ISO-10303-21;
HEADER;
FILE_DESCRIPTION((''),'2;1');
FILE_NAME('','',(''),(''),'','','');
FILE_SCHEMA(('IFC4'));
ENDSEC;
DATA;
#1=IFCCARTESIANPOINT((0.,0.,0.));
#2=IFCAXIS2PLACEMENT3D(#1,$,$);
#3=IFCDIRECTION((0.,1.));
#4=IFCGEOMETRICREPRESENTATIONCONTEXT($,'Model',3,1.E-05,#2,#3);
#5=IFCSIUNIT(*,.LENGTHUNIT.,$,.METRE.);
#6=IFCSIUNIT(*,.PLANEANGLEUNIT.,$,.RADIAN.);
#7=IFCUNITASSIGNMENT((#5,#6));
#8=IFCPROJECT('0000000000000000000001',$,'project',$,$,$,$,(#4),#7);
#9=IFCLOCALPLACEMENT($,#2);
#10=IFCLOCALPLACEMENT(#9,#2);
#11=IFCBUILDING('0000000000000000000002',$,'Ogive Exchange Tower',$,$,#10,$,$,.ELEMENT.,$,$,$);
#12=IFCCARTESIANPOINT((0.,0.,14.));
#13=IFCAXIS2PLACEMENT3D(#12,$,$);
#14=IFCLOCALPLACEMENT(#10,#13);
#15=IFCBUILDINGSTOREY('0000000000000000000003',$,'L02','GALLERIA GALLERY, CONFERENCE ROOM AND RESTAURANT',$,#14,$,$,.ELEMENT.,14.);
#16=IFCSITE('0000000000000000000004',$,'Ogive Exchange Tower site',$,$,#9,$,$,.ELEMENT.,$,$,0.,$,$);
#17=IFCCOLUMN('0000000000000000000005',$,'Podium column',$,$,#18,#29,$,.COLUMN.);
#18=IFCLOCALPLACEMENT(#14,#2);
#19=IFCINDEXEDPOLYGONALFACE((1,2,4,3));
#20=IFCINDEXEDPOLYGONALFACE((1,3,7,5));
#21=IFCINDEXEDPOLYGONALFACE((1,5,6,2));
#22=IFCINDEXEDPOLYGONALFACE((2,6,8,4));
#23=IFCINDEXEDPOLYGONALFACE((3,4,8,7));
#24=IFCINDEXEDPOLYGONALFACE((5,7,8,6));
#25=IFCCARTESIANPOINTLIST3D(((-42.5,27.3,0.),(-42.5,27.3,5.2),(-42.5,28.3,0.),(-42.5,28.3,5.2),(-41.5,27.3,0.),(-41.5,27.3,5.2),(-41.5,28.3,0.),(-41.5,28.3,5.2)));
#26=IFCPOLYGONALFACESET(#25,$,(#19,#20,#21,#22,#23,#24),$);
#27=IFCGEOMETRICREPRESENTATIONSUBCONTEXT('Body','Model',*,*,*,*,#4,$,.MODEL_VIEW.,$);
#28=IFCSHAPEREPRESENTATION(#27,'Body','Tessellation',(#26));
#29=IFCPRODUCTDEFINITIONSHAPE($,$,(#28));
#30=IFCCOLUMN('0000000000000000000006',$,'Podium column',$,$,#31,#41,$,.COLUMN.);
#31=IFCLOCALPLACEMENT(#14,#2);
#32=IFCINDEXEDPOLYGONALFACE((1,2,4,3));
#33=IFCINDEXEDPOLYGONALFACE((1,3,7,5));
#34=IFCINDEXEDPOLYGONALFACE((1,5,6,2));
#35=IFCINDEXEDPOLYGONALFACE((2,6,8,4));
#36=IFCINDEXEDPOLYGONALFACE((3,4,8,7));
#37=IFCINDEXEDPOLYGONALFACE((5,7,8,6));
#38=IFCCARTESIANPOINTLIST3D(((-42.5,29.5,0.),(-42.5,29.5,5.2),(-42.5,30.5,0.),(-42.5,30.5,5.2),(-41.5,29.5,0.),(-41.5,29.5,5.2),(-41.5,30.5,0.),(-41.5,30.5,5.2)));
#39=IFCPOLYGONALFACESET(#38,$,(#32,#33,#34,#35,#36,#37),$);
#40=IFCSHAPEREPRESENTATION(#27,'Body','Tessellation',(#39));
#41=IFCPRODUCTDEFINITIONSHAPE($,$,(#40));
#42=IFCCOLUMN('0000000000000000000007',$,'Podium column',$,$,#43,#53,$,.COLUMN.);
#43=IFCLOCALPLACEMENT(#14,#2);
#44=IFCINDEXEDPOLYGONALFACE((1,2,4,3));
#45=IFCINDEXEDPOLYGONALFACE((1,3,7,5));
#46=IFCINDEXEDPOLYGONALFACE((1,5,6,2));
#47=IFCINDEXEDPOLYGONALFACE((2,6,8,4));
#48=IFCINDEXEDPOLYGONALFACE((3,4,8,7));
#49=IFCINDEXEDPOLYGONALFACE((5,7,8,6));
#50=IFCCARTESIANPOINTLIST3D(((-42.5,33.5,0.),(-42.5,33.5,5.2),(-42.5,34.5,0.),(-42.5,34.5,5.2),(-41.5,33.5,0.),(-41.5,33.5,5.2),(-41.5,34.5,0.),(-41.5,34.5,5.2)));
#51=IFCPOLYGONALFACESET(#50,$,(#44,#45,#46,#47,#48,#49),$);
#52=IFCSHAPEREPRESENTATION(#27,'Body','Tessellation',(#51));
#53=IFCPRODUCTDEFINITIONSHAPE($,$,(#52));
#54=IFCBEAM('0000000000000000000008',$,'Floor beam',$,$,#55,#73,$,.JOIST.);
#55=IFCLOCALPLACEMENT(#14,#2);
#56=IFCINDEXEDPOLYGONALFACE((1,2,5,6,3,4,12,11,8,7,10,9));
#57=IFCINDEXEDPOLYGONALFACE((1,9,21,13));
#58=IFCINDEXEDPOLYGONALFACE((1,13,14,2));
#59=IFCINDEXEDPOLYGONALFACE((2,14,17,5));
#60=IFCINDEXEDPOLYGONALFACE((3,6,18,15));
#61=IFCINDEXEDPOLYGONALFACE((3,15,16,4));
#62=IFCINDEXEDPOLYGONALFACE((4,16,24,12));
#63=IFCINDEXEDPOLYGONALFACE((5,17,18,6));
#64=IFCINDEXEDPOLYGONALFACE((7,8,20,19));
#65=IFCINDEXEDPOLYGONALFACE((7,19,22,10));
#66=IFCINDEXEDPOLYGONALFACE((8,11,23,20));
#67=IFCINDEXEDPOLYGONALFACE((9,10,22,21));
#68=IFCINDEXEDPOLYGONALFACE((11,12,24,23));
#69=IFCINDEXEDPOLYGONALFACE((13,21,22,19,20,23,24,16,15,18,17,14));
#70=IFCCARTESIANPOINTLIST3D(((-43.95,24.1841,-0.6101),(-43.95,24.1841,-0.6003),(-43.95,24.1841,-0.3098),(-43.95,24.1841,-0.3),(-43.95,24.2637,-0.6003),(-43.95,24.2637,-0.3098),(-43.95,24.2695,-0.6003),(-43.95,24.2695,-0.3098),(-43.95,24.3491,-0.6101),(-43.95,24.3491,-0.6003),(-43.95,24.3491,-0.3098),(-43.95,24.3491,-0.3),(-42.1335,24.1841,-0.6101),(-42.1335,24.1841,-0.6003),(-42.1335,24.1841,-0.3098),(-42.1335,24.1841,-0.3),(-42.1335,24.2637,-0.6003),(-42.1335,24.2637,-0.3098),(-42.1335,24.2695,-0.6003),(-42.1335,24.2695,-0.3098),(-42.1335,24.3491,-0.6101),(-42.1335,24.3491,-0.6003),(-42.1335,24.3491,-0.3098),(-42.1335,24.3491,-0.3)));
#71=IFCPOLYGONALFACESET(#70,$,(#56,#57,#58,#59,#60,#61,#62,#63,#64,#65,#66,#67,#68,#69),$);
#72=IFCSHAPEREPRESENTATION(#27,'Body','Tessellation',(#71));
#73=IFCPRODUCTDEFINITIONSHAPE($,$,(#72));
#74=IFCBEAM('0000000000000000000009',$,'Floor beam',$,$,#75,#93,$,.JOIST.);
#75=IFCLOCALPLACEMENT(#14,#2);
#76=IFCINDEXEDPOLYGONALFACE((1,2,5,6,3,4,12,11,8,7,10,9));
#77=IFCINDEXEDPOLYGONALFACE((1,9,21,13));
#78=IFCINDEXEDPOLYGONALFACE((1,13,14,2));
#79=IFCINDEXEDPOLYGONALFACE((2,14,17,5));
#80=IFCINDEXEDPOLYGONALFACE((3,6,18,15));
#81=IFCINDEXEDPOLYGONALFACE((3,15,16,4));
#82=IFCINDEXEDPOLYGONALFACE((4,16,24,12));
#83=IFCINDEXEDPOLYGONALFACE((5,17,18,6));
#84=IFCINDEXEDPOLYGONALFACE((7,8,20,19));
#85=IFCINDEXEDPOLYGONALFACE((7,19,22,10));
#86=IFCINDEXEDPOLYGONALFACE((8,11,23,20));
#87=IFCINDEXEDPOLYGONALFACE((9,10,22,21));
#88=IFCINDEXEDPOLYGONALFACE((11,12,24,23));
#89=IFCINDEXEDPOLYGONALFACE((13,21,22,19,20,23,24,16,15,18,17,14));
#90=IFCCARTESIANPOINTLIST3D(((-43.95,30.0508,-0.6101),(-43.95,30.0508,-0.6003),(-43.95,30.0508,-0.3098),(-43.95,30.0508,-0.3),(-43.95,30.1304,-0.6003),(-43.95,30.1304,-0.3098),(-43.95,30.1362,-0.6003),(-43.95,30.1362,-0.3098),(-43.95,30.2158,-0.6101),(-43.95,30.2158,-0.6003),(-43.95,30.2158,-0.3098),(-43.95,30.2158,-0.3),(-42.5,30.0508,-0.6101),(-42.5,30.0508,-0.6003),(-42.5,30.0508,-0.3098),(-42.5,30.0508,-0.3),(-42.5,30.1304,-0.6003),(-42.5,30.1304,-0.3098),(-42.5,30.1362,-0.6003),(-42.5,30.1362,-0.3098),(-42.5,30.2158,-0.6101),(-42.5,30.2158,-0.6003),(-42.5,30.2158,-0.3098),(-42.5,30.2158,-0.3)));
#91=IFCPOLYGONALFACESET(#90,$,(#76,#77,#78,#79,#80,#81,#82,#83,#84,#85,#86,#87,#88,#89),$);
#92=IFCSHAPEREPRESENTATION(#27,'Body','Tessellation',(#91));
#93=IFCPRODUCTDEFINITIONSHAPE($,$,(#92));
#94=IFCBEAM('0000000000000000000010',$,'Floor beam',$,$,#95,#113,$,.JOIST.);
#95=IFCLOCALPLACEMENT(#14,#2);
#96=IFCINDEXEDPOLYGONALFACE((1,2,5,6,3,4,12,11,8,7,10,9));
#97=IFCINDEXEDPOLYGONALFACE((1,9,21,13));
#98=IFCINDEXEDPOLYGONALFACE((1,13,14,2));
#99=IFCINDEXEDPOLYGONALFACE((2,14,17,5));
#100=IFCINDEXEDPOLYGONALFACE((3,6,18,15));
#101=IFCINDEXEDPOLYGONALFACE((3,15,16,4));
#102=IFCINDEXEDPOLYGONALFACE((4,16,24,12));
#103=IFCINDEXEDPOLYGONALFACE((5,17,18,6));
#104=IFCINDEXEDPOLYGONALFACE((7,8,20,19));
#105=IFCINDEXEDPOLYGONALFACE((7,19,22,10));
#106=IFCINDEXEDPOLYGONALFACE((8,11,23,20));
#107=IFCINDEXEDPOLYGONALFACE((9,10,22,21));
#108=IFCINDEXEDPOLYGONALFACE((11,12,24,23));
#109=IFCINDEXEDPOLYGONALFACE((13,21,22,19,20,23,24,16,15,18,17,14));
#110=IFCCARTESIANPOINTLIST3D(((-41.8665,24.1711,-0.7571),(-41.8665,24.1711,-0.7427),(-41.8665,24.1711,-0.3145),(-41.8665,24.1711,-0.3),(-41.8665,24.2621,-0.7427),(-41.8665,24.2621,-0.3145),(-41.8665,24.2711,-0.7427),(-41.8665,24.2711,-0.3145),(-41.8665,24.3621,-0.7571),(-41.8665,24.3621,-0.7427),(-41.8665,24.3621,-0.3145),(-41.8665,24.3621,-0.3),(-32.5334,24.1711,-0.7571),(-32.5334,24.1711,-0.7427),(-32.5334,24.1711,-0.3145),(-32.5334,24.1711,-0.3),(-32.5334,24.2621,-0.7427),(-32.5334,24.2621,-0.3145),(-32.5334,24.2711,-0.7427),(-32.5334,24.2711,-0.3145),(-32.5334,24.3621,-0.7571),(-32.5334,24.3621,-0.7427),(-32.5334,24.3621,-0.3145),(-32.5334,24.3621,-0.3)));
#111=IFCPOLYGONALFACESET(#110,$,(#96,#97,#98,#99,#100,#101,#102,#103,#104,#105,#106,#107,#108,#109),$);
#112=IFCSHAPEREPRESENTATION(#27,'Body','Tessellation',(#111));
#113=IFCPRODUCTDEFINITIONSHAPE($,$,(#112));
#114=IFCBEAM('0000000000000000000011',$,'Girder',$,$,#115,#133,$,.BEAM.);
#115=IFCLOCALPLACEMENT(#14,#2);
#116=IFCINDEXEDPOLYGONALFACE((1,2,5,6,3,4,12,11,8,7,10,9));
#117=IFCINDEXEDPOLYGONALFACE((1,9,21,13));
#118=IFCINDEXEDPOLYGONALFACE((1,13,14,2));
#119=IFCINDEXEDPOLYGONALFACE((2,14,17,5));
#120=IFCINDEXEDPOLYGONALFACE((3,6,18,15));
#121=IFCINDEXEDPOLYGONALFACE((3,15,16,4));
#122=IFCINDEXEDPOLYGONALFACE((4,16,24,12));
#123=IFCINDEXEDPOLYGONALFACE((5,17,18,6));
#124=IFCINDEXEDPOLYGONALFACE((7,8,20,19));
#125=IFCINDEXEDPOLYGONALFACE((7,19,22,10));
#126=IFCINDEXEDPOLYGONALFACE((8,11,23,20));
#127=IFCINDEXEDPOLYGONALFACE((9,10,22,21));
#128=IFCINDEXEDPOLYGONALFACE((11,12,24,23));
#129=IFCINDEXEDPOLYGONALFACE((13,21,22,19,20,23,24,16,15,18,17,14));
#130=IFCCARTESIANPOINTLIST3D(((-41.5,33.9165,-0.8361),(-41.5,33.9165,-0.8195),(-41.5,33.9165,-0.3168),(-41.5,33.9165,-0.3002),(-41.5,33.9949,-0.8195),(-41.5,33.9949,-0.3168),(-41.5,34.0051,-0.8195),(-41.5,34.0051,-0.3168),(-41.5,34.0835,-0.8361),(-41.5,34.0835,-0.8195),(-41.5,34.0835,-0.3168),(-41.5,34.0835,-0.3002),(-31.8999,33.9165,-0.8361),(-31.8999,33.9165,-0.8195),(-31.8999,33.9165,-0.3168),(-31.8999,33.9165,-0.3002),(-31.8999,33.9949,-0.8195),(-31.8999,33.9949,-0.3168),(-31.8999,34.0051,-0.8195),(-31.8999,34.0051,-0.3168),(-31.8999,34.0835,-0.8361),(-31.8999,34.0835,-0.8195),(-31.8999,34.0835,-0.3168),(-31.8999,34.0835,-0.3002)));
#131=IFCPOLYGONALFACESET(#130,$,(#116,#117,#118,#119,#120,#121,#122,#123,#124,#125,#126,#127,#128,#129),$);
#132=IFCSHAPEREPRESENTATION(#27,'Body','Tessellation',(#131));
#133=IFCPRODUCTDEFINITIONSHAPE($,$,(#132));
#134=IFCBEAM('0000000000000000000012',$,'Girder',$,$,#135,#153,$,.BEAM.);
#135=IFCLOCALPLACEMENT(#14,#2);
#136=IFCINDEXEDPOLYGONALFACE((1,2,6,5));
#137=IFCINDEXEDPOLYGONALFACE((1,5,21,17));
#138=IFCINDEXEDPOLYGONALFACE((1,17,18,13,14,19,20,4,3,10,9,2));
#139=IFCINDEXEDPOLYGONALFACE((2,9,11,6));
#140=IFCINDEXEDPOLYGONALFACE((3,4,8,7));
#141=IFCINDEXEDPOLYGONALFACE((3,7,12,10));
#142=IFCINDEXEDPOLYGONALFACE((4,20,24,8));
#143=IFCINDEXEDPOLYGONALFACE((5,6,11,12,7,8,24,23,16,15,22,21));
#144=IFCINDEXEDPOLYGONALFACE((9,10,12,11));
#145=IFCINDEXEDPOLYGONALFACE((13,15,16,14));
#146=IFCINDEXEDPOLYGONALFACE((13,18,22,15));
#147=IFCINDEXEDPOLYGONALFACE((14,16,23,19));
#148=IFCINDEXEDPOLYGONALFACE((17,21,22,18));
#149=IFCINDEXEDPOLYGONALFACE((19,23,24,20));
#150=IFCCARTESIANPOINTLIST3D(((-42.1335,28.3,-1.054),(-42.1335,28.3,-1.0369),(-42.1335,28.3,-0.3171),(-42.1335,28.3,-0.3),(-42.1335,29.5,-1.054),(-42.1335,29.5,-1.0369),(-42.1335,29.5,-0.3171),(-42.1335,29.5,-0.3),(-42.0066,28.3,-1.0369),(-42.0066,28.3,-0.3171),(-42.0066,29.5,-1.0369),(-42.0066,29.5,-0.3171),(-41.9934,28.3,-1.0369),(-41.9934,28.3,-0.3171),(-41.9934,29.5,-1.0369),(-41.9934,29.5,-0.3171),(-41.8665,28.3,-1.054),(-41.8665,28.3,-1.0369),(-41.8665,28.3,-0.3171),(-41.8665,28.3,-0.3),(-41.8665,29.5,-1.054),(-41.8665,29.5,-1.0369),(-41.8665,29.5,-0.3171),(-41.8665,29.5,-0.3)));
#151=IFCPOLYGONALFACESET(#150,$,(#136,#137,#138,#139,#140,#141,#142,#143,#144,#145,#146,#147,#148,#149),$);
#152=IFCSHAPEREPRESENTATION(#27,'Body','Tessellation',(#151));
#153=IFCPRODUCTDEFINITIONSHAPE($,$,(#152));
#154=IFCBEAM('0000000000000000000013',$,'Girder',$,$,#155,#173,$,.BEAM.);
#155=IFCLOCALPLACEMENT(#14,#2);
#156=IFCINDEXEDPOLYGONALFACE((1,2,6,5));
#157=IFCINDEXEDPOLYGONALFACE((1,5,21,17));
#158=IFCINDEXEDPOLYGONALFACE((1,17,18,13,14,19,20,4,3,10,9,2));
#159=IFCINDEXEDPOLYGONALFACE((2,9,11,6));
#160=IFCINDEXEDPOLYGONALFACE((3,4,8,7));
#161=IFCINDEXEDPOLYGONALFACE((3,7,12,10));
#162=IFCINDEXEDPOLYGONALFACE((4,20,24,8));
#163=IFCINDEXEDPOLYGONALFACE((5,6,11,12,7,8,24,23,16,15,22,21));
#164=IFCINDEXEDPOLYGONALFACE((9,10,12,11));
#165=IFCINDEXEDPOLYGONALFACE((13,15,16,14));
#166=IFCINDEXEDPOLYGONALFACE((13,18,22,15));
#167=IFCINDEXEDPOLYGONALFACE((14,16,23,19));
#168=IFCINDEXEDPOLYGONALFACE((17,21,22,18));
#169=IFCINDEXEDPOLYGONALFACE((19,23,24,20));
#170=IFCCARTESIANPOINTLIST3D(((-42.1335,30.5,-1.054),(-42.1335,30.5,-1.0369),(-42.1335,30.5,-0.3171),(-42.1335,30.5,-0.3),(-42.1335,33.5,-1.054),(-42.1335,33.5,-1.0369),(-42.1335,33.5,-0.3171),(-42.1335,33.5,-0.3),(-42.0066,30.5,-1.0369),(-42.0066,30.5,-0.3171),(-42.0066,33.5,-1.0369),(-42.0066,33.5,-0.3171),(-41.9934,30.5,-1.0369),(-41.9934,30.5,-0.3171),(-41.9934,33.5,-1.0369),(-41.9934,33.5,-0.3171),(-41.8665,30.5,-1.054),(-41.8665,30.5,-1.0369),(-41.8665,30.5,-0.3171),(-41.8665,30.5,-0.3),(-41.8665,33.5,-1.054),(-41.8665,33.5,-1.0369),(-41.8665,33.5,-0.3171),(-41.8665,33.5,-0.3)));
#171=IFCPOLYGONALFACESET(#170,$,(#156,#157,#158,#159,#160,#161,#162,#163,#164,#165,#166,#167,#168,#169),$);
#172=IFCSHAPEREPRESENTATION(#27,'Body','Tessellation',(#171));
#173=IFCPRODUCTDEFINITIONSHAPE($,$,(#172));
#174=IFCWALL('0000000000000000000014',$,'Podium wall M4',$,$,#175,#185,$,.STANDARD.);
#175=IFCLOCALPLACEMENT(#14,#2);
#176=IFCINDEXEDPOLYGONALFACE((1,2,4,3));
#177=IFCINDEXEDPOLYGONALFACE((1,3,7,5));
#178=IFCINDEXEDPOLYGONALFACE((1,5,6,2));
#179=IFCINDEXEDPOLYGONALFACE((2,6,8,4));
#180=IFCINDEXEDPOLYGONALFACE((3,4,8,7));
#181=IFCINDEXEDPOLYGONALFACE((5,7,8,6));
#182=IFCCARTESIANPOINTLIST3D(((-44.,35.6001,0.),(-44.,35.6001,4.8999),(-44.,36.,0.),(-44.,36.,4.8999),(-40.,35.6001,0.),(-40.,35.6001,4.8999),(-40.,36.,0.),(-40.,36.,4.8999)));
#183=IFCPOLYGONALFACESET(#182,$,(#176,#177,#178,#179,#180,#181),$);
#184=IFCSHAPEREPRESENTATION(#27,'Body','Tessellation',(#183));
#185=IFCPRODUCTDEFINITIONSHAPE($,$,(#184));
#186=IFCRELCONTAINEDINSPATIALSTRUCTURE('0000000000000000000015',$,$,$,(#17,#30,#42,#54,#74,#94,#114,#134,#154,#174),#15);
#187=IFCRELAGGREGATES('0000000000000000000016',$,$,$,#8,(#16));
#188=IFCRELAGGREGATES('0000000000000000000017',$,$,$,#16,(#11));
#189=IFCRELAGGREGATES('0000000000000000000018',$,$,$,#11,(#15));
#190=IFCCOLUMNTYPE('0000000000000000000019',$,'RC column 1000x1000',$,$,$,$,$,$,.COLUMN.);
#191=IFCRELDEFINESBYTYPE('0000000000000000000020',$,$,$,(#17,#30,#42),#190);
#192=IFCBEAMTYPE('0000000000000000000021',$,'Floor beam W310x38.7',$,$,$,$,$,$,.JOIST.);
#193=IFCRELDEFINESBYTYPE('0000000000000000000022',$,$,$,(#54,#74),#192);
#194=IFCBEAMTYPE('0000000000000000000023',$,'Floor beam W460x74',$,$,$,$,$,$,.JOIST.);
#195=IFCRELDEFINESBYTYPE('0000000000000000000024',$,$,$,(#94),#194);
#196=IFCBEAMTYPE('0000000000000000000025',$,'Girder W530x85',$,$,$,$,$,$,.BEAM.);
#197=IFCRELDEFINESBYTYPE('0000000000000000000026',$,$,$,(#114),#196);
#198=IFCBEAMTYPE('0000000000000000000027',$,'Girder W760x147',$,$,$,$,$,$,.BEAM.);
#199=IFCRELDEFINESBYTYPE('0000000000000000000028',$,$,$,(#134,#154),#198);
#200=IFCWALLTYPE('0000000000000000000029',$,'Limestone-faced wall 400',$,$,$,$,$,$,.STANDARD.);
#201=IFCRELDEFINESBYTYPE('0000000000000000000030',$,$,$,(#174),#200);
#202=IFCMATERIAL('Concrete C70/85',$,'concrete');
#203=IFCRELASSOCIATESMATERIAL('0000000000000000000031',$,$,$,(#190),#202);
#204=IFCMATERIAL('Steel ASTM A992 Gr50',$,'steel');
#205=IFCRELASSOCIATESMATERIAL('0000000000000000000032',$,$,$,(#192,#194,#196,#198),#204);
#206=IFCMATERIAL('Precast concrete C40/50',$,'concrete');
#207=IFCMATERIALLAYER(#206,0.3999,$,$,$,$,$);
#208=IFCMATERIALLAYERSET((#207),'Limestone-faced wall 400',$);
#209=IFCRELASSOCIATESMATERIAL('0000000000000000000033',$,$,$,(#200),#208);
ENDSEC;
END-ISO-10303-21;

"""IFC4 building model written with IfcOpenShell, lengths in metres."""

from ifc_helpers import new_model, si_unit, direction, frame, frame_2d, origin, origin_2d, place, context, subcontext, project, spatial, rectangle, i_section, extrude, material, layer, layer_set, material_profile, profile_set, type_object, element, save


model = new_model("IFC4")

# Units and contexts
model_context = context("Model", 3, precision=1e-05, world=origin(), true_north=direction((0.0, 1.0)))
body_context = subcontext(model_context, "Body", "Model", "MODEL_VIEW")
ifc_project = project(units=[si_unit("LENGTHUNIT", "METRE"), si_unit("PLANEANGLEUNIT", "RADIAN")], contexts=[model_context])

# Site, building, storey
site_placement = place(None, origin())
site = spatial("IfcSite", under=ifc_project, at=site_placement, Name="Ogive Exchange Tower site", CompositionType="ELEMENT", RefElevation=0.0)
building_placement = place(site_placement, origin())
building = spatial("IfcBuilding", under=site, at=building_placement, Name="Ogive Exchange Tower", CompositionType="ELEMENT")
storey_placement = place(building_placement, frame((0.0, 0.0, 14.0)))
storey = spatial("IfcBuildingStorey", under=building, at=storey_placement, Name="L02", Description="GALLERIA GALLERY, CONFERENCE ROOM AND RESTAURANT", CompositionType="ELEMENT", Elevation=14.0)

# Columns
ifc_material_1 = material(Name="Concrete C70/85", Category="concrete")
ifc_material_profile_1 = material_profile(ifc_material_1, rectangle(XDim=1.0, YDim=1.0, at=origin_2d()), Name="RC 1000x1000")
ifc_profile_set_1 = profile_set([ifc_material_profile_1], Name="Concrete C70/85")
column_type = type_object("IfcColumnType", Name="RC column 1000x1000", PredefinedType="COLUMN", material=ifc_profile_set_1)
for number, where, z_axis, x_axis, name in (
    (1, (-42.0, 27.8, 0.0), (0.0, 0.0, 1.0), (1.0, 0.0, 0.0), "Podium column"),
    (2, (-42.0, 30.0, 0.0), (0.0, 0.0, 1.0), (1.0, 0.0, 0.0), "Podium column"),
    (3, (-42.0, 34.0, 0.0), (0.0, 0.0, 1.0), (1.0, 0.0, 0.0), "Podium column"),
):
    element("IfcColumn", number, at=place(storey_placement, frame(where, z_axis=z_axis, x_axis=x_axis)), inside=storey, type_object=column_type, Name=name, PredefinedType="COLUMN", context=body_context, shape_type="SweptSolid", body=[
        extrude(rectangle(XDim=1.0, YDim=1.0, at=origin_2d()), origin(), (0.0, 0.0, 1.0), 5.2),
    ])

# Beams
ifc_material_2 = material(Name="Steel ASTM A992 Gr50", Category="steel")
ifc_material_profile_2 = material_profile(ifc_material_2, i_section(OverallWidth=0.165, OverallDepth=0.3101, WebThickness=0.0059, FlangeThickness=0.0098, at=origin_2d()), Name="W310x38.7")
ifc_profile_set_2 = profile_set([ifc_material_profile_2], Name="Steel ASTM A992 Gr50")
beam_type_1 = type_object("IfcBeamType", Name="Floor beam W310x38.7", PredefinedType="JOIST", material=ifc_profile_set_2)
beam_1_placement = place(storey_placement, frame((-43.95, 24.2666, -0.4551), z_axis=(1.0, 0.0, 0.0), x_axis=(0.0, 1.0, 0.0)))
element("IfcBeam", 4, at=beam_1_placement, inside=storey, type_object=beam_type_1, Name="Floor beam", PredefinedType="JOIST", context=body_context, shape_type="SweptSolid", body=[
    extrude(i_section(OverallWidth=0.165, OverallDepth=0.3101, WebThickness=0.0059, FlangeThickness=0.0098, at=origin_2d()), origin(), (0.0, 0.0, 1.0), 1.8164),
])
beam_2_placement = place(storey_placement, frame((-43.95, 30.1333, -0.4551), z_axis=(1.0, 0.0, 0.0), x_axis=(0.0, 1.0, 0.0)))
element("IfcBeam", 5, at=beam_2_placement, inside=storey, type_object=beam_type_1, Name="Floor beam", PredefinedType="JOIST", context=body_context, shape_type="SweptSolid", body=[
    extrude(i_section(OverallWidth=0.165, OverallDepth=0.3101, WebThickness=0.0059, FlangeThickness=0.0098, at=origin_2d()), origin(), (0.0, 0.0, 1.0), 1.45),
])
ifc_material_profile_3 = material_profile(ifc_material_2, i_section(OverallWidth=0.1909, OverallDepth=0.457, WebThickness=0.009, FlangeThickness=0.0144, at=origin_2d()), Name="W460x74")
ifc_profile_set_3 = profile_set([ifc_material_profile_3], Name="Steel ASTM A992 Gr50")
beam_type_2 = type_object("IfcBeamType", Name="Floor beam W460x74", PredefinedType="JOIST", material=ifc_profile_set_3)
beam_3_placement = place(storey_placement, frame((-41.8665, 24.2666, -0.5286), z_axis=(1.0, 0.0, 0.0), x_axis=(0.0, 1.0, 0.0)))
element("IfcBeam", 6, at=beam_3_placement, inside=storey, type_object=beam_type_2, Name="Floor beam", PredefinedType="JOIST", context=body_context, shape_type="SweptSolid", body=[
    extrude(i_section(OverallWidth=0.1909, OverallDepth=0.457, WebThickness=0.009, FlangeThickness=0.0144, at=origin_2d()), origin(), (0.0, 0.0, 1.0), 9.333),
])
ifc_material_profile_4 = material_profile(ifc_material_2, i_section(OverallWidth=0.167, OverallDepth=0.5359, WebThickness=0.0103, FlangeThickness=0.0166, at=origin_2d()), Name="W530x85")
ifc_profile_set_4 = profile_set([ifc_material_profile_4], Name="Steel ASTM A992 Gr50")
beam_type_3 = type_object("IfcBeamType", Name="Girder W530x85", PredefinedType="BEAM", material=ifc_profile_set_4)
beam_4_placement = place(storey_placement, frame((-41.5, 34.0, -0.5681), z_axis=(1.0, 0.0, 0.0), x_axis=(0.0, 1.0, 0.0)))
element("IfcBeam", 7, at=beam_4_placement, inside=storey, type_object=beam_type_3, Name="Girder", PredefinedType="BEAM", context=body_context, shape_type="SweptSolid", body=[
    extrude(i_section(OverallWidth=0.167, OverallDepth=0.5359, WebThickness=0.0103, FlangeThickness=0.0166, at=origin_2d()), origin(), (0.0, 0.0, 1.0), 9.6001),
])
ifc_material_profile_5 = material_profile(ifc_material_2, i_section(OverallWidth=0.2671, OverallDepth=0.7539, WebThickness=0.0132, FlangeThickness=0.0171, at=origin_2d()), Name="W760x147")
ifc_profile_set_5 = profile_set([ifc_material_profile_5], Name="Steel ASTM A992 Gr50")
beam_type_4 = type_object("IfcBeamType", Name="Girder W760x147", PredefinedType="BEAM", material=ifc_profile_set_5)
beam_5_placement = place(storey_placement, frame((-42.0, 28.3, -0.677), z_axis=(0.0, 1.0, 0.0), x_axis=(-1.0, 0.0, 0.0)))
element("IfcBeam", 8, at=beam_5_placement, inside=storey, type_object=beam_type_4, Name="Girder", PredefinedType="BEAM", context=body_context, shape_type="SweptSolid", body=[
    extrude(i_section(OverallWidth=0.2671, OverallDepth=0.7539, WebThickness=0.0132, FlangeThickness=0.0171, at=origin_2d()), origin(), (0.0, 0.0, 1.0), 1.2),
])
beam_6_placement = place(storey_placement, frame((-42.0, 30.5, -0.677), z_axis=(0.0, 1.0, 0.0), x_axis=(-1.0, 0.0, 0.0)))
element("IfcBeam", 9, at=beam_6_placement, inside=storey, type_object=beam_type_4, Name="Girder", PredefinedType="BEAM", context=body_context, shape_type="SweptSolid", body=[
    extrude(i_section(OverallWidth=0.2671, OverallDepth=0.7539, WebThickness=0.0132, FlangeThickness=0.0171, at=origin_2d()), origin(), (0.0, 0.0, 1.0), 3.0),
])

# Wall
ifc_material_3 = material(Name="Precast concrete C40/50", Category="concrete")
ifc_layer_1 = layer(ifc_material_3, 0.3999)
ifc_layer_set_1 = layer_set([ifc_layer_1], Name="Limestone-faced wall 400")
wall_type_1 = type_object("IfcWallType", Name="Limestone-faced wall 400", PredefinedType="STANDARD", material=ifc_layer_set_1)
wall_1_placement = place(storey_placement, frame((-40.0, 35.8, 0.0), z_axis=(0.0, 0.0, 1.0), x_axis=(-1.0, 0.0, 0.0)))
element("IfcWall", 10, at=wall_1_placement, inside=storey, type_object=wall_type_1, Name="Podium wall M4", PredefinedType="STANDARD", context=body_context, shape_type="SweptSolid", body=[
    extrude(rectangle(XDim=4.0, YDim=0.3999, at=frame_2d((2.0, 0.0))), origin(), (0.0, 0.0, 1.0), 4.8999),
])

save(model, "model.ifc")
